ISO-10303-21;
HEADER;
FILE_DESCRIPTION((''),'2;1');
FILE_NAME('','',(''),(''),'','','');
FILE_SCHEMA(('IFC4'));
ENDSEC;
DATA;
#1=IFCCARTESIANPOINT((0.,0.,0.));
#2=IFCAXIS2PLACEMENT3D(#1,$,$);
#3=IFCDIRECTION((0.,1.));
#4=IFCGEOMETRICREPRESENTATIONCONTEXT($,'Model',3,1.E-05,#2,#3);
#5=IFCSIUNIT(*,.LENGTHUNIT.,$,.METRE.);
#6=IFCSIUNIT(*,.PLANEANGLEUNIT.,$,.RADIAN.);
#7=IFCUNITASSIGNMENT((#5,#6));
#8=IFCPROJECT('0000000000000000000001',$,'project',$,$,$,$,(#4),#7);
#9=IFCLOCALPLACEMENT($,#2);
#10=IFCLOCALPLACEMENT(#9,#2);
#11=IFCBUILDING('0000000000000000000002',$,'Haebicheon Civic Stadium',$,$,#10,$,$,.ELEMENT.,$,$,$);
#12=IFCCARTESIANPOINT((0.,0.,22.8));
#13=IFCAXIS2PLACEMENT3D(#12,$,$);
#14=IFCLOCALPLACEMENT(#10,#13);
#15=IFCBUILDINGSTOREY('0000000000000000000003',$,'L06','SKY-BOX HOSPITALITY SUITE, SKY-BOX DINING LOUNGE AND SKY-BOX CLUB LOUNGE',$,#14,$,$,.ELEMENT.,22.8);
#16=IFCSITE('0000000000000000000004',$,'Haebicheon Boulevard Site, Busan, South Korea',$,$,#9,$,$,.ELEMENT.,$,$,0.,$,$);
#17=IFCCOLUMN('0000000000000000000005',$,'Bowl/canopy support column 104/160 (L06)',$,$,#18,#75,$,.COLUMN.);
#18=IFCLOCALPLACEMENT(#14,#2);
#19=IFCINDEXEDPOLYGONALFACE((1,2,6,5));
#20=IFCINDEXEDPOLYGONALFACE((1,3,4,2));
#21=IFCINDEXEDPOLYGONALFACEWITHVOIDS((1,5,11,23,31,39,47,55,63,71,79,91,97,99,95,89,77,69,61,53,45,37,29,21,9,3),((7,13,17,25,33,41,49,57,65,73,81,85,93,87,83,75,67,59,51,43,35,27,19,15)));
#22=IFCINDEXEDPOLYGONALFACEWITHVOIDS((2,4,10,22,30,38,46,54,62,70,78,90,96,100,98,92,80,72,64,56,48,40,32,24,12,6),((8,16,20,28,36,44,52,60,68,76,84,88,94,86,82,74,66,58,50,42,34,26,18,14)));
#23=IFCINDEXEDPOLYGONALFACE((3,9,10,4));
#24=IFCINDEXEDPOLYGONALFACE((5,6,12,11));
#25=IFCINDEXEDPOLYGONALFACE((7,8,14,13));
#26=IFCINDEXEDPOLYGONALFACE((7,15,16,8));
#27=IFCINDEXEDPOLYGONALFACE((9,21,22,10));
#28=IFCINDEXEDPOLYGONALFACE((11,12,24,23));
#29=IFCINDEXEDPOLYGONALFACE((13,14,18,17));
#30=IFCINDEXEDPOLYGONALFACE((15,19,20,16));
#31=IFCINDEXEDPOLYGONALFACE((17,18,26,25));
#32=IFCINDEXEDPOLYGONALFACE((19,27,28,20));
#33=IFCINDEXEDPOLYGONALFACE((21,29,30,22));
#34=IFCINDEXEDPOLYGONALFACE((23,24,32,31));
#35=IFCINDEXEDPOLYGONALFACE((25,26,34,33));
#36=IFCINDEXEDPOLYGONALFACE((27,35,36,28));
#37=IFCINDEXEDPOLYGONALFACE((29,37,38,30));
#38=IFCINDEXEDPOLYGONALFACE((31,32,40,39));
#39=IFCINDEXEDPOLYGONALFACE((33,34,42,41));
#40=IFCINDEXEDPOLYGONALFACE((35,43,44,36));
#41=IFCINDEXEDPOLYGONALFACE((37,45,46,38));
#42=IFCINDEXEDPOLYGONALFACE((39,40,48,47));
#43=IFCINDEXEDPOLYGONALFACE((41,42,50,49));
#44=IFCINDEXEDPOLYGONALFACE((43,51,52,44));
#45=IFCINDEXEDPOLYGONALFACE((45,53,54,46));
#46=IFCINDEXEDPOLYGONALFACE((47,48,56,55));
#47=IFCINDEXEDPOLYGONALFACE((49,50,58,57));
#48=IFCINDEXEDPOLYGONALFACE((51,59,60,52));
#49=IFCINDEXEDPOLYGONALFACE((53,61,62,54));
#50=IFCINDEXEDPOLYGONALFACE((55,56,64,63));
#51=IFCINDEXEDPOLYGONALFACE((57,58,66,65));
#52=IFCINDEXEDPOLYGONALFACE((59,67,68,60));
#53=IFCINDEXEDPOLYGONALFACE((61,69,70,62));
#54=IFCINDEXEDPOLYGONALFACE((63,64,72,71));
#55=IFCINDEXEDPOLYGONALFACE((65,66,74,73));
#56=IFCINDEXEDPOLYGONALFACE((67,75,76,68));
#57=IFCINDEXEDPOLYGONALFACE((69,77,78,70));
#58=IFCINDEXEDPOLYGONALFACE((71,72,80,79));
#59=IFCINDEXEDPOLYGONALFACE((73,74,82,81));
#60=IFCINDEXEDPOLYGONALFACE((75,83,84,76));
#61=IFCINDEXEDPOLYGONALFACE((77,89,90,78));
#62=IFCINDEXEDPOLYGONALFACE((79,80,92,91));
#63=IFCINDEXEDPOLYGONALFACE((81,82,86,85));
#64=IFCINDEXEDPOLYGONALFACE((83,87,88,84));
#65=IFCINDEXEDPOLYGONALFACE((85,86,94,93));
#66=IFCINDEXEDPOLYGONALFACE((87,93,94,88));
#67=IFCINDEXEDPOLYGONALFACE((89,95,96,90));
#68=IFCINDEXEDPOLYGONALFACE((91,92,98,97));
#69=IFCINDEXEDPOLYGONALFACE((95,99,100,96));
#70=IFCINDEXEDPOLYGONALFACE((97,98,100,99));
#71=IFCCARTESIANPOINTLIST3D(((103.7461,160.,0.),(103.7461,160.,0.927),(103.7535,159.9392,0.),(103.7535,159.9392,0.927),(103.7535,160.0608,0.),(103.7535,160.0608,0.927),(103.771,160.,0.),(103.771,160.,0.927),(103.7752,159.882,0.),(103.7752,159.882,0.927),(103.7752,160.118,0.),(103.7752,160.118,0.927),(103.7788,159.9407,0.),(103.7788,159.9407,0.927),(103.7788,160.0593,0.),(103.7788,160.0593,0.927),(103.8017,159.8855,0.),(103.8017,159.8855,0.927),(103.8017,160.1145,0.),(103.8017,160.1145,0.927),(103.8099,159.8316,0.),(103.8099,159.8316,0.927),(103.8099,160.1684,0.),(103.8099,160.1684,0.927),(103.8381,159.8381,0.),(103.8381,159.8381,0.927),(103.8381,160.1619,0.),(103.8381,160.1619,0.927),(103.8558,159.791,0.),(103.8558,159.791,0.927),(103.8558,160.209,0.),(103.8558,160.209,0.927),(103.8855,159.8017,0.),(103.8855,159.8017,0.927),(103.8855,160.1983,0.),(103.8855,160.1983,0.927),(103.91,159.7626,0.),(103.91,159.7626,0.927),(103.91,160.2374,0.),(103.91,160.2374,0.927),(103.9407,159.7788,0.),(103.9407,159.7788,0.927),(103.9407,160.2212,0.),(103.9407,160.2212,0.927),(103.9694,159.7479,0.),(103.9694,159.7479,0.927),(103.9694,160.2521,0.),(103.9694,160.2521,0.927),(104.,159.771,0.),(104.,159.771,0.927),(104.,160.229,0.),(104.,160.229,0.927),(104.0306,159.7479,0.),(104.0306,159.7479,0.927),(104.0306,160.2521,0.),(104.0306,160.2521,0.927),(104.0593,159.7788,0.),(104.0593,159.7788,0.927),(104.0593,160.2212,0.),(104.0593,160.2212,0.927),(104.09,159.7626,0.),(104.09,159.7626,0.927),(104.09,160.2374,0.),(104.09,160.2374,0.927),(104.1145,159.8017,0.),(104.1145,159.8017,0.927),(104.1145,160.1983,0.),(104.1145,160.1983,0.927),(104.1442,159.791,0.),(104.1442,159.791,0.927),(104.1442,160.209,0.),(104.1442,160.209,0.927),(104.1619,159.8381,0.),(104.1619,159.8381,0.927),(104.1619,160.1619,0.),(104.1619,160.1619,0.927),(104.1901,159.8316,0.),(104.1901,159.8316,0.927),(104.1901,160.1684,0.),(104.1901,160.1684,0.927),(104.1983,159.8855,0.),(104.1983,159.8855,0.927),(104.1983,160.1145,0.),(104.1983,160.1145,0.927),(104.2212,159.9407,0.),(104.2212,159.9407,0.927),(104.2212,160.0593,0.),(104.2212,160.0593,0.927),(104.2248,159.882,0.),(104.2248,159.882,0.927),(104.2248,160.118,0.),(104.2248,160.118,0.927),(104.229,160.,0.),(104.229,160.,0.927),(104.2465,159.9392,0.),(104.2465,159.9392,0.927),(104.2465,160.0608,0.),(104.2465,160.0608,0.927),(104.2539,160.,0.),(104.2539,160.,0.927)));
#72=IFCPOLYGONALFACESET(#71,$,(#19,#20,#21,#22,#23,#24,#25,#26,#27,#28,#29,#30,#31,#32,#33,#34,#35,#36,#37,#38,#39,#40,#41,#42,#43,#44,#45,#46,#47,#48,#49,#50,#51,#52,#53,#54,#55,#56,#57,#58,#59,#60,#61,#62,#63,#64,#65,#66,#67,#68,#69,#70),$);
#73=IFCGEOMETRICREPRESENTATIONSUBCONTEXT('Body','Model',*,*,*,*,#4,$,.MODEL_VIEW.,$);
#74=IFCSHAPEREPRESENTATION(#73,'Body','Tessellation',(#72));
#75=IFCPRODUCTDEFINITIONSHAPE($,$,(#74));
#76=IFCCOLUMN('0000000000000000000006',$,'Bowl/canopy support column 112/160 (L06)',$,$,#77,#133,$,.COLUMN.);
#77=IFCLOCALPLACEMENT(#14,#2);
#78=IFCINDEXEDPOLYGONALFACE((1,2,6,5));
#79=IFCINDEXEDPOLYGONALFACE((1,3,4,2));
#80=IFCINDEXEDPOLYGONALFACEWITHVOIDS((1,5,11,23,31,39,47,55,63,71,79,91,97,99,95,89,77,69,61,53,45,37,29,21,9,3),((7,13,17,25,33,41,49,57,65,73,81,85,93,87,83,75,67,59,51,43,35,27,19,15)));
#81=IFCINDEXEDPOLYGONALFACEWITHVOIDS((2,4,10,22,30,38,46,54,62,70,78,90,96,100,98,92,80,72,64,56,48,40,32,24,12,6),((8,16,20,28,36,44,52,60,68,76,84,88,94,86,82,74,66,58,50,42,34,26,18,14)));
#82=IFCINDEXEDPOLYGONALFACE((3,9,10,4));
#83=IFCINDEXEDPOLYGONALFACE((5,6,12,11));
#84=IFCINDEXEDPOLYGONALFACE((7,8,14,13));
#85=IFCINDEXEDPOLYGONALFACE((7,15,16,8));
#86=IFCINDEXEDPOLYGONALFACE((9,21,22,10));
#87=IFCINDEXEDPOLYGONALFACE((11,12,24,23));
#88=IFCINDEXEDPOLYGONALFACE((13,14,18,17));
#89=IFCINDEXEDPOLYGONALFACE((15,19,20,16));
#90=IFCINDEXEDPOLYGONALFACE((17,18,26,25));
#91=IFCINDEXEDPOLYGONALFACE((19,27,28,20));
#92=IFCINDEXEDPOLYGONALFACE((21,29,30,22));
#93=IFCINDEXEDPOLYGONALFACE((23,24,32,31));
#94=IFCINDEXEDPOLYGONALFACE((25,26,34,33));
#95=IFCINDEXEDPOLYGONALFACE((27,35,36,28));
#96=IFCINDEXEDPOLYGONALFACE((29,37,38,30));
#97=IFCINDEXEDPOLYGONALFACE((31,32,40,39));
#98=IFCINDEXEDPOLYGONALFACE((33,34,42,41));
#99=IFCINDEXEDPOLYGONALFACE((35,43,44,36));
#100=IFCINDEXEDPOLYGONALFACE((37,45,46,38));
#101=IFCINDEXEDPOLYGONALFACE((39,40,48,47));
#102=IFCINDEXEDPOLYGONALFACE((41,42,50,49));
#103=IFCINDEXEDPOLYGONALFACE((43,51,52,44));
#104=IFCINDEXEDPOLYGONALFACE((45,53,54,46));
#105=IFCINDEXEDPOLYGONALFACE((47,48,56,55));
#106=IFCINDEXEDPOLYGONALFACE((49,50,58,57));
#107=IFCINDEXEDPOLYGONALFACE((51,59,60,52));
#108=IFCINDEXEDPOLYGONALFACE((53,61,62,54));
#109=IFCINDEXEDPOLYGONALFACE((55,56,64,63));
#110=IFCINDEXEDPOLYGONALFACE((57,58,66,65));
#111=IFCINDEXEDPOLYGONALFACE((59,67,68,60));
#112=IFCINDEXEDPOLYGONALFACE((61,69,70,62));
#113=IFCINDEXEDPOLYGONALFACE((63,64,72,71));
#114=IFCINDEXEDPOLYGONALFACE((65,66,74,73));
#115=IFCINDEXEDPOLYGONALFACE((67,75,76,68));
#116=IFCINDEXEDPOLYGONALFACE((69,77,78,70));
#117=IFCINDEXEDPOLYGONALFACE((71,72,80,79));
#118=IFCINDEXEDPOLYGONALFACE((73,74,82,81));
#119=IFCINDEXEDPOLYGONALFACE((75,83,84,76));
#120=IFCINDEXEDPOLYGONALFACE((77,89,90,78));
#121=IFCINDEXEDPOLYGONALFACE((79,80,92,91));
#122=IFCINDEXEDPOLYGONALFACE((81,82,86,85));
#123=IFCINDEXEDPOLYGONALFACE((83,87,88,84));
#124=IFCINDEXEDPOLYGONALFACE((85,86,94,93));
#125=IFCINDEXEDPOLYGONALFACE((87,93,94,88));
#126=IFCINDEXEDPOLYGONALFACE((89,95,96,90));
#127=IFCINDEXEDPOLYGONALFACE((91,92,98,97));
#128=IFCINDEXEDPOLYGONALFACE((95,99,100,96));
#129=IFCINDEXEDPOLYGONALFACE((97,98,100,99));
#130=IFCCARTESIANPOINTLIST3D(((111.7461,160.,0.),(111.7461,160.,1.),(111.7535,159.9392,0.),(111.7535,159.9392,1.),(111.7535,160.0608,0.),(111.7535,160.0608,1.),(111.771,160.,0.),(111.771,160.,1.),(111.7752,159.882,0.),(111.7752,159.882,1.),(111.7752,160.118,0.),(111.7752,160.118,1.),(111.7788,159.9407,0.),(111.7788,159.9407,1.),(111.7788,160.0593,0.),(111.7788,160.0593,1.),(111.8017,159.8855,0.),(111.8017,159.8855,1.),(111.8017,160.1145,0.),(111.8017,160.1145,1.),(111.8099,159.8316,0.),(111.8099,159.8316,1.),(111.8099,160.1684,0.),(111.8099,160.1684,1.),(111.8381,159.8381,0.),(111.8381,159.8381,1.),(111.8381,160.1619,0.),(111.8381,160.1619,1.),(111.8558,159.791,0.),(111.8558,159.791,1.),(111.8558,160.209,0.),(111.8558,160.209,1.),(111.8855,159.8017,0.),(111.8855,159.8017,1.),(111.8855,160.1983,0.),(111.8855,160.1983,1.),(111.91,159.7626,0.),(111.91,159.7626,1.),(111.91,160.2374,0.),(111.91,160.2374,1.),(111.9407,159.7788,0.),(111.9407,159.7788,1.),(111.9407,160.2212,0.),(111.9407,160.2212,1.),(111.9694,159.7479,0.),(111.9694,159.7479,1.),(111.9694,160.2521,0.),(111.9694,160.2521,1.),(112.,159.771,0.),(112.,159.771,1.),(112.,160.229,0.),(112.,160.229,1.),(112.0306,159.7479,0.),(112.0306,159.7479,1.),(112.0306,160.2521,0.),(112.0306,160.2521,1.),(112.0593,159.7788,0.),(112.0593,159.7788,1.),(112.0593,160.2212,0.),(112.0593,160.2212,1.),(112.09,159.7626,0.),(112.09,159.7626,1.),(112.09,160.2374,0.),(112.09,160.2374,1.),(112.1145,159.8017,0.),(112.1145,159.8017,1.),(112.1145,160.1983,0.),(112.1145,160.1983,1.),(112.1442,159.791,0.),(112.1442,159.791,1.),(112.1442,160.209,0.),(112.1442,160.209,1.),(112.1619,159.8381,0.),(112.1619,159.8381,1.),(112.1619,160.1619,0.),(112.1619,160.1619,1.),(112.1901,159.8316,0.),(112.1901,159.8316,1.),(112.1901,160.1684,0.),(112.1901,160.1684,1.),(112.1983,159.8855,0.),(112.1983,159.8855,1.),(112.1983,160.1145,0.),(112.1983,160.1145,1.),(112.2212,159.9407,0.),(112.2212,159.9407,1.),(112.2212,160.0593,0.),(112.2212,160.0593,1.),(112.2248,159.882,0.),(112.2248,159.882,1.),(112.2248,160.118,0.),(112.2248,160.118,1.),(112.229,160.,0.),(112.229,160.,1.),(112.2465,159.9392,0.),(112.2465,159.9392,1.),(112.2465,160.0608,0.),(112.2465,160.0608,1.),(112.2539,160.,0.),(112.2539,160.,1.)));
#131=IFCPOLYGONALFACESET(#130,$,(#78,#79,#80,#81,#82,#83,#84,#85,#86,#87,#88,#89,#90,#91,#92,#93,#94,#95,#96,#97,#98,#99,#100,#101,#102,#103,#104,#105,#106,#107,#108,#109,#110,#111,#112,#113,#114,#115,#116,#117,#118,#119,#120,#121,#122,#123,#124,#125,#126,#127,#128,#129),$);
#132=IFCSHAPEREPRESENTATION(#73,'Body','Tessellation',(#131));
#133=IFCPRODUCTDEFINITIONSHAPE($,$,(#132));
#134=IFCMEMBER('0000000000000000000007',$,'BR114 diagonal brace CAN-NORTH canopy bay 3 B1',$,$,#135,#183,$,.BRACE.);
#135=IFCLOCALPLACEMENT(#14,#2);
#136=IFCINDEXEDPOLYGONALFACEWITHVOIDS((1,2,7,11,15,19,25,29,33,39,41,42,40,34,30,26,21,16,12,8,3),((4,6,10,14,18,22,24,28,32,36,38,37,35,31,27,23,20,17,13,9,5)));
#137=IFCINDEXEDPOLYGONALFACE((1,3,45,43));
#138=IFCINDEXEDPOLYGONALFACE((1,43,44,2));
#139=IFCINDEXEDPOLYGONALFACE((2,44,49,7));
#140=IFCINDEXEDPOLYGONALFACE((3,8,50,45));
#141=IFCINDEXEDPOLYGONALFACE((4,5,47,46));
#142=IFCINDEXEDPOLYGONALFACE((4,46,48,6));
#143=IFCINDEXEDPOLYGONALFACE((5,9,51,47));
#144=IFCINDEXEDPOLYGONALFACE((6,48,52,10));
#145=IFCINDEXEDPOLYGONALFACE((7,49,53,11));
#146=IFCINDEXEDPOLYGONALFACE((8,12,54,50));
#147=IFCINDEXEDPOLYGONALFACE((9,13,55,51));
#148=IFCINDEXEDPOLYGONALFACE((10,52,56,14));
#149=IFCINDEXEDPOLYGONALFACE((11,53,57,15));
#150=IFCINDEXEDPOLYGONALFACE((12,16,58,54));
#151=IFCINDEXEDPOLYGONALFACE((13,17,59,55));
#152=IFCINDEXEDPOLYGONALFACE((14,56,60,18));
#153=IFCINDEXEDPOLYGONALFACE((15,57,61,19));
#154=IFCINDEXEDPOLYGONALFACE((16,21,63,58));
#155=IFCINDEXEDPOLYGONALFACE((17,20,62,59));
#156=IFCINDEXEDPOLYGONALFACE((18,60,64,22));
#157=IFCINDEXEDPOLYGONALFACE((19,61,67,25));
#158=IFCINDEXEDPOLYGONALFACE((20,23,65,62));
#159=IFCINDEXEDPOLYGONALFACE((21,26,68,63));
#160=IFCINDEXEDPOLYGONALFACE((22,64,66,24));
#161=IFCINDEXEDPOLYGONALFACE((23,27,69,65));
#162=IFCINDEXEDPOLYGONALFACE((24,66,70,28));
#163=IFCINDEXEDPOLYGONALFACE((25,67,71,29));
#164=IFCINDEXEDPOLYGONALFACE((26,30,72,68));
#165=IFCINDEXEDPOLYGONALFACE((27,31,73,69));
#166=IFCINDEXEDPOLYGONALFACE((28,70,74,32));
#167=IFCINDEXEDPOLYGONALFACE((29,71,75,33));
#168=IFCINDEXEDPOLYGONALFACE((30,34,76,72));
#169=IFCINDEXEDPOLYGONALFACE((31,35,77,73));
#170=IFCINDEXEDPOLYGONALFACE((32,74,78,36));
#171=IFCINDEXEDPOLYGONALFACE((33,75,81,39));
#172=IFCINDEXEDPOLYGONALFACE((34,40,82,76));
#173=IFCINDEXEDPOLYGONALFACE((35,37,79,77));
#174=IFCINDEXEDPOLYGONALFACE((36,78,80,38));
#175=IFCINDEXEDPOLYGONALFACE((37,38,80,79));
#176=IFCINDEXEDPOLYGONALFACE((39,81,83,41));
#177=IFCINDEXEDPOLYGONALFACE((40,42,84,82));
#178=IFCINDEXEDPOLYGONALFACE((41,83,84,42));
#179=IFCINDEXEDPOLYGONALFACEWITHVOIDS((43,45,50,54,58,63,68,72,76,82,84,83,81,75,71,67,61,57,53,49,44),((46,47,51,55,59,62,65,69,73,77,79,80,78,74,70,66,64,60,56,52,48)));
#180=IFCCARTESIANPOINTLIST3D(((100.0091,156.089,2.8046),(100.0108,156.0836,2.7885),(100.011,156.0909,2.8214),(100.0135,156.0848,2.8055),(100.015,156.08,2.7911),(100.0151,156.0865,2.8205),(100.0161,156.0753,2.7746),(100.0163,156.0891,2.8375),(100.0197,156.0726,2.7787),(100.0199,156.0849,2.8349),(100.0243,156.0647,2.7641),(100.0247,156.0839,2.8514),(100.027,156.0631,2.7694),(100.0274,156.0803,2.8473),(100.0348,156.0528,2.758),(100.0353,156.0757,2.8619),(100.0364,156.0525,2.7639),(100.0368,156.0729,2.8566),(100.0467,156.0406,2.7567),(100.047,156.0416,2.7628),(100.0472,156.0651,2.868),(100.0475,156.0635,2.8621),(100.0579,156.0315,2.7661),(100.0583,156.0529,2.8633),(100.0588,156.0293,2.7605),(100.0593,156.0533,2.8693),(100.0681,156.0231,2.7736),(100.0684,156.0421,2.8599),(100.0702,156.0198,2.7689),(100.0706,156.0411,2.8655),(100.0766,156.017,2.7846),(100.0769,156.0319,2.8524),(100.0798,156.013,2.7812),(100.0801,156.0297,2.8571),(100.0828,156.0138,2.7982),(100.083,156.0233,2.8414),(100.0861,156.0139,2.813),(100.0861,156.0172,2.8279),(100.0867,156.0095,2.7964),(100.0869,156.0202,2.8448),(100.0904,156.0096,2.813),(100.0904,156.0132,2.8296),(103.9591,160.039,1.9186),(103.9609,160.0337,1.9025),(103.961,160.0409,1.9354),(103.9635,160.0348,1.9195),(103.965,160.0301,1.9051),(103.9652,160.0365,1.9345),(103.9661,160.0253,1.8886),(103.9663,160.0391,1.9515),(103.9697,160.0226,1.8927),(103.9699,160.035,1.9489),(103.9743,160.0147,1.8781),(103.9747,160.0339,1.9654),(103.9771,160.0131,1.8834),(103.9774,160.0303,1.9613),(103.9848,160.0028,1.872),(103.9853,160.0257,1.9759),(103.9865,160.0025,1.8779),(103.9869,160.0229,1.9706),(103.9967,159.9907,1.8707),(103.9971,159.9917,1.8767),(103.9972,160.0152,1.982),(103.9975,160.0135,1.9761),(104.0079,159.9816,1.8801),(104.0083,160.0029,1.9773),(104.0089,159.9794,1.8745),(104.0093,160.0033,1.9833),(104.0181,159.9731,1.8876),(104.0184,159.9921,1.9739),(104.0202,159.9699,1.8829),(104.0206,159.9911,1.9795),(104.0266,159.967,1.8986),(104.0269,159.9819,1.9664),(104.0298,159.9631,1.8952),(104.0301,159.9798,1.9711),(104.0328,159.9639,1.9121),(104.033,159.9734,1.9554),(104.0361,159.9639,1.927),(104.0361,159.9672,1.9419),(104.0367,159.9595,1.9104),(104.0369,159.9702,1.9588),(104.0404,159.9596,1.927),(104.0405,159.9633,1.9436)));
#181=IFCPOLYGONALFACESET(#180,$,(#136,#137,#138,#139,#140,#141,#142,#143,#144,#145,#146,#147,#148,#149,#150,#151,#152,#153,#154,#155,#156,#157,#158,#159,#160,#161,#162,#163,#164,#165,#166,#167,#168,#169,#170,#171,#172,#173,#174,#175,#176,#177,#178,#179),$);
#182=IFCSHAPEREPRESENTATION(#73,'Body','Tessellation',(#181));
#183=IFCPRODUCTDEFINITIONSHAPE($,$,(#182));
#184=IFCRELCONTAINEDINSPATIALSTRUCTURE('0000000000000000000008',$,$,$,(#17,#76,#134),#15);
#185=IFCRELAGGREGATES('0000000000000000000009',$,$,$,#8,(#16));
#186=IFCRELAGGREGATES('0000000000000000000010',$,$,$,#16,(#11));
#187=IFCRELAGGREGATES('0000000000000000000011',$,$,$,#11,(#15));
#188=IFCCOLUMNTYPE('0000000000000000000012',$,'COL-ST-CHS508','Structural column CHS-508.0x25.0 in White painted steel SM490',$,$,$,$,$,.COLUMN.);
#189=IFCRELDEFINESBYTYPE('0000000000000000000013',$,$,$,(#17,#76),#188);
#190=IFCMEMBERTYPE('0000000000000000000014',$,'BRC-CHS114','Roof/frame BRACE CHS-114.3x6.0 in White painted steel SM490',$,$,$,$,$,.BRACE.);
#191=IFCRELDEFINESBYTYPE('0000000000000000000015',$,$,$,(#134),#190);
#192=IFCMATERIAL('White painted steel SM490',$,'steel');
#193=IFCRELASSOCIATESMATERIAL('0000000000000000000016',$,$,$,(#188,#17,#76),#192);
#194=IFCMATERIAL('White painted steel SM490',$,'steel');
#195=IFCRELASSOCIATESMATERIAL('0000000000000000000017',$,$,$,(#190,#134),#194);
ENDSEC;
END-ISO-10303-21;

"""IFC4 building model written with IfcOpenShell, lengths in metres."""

from ifc_helpers import new_model, si_unit, direction, frame, origin, origin_2d, place, context, subcontext, project, spatial, hollow_circle, extrude, material, material_profile, profile_set, type_object, element, save


model = new_model("IFC4")

# Units and contexts
model_context = context("Model", 3, precision=1e-05, world=origin(), true_north=direction((0.0, 1.0)))
body_context = subcontext(model_context, "Body", "Model", "MODEL_VIEW")
ifc_project = project(units=[si_unit("LENGTHUNIT", "METRE"), si_unit("PLANEANGLEUNIT", "RADIAN")], contexts=[model_context])

# Site, building, storey
site_placement = place(None, origin())
site = spatial("IfcSite", under=ifc_project, at=site_placement, Name="Haebicheon Boulevard Site, Busan, South Korea", CompositionType="ELEMENT", RefElevation=0.0)
building_placement = place(site_placement, origin())
building = spatial("IfcBuilding", under=site, at=building_placement, Name="Haebicheon Civic Stadium", CompositionType="ELEMENT")
storey_placement = place(building_placement, frame((0.0, 0.0, 22.8)))
storey = spatial("IfcBuildingStorey", under=building, at=storey_placement, Name="L06", Description="SKY-BOX HOSPITALITY SUITE, SKY-BOX DINING LOUNGE AND SKY-BOX CLUB LOUNGE", CompositionType="ELEMENT", Elevation=22.8)

# Columns
ifc_material_1 = material(Name="White painted steel SM490", Category="steel")
ifc_material_profile_1 = material_profile(ifc_material_1, hollow_circle(Radius=0.2539, WallThickness=0.0249, at=origin_2d()), Name="CHS-508.0x25.0")
ifc_profile_set_1 = profile_set([ifc_material_profile_1], Name="White painted steel SM490")
column_type = type_object("IfcColumnType", Name="COL-ST-CHS508", Description="Structural column CHS-508.0x25.0 in White painted steel SM490", PredefinedType="COLUMN", material=ifc_profile_set_1)
column_1_placement = place(storey_placement, frame((104.0, 160.0, 0.0), z_axis=(0.0, 0.0, 1.0), x_axis=(1.0, 0.0, 0.0)))
element("IfcColumn", 1, at=column_1_placement, inside=storey, type_object=column_type, material=ifc_profile_set_1, Name="Bowl/canopy support column 104/160 (L06)", PredefinedType="COLUMN", context=body_context, shape_type="SweptSolid", body=[
    extrude(hollow_circle(Radius=0.2539, WallThickness=0.0249, at=origin_2d()), origin(), (0.0, 0.0, 1.0), 0.927),
])
column_2_placement = place(storey_placement, frame((112.0, 160.0, 0.0), z_axis=(0.0, 0.0, 1.0), x_axis=(1.0, 0.0, 0.0)))
element("IfcColumn", 2, at=column_2_placement, inside=storey, type_object=column_type, material=ifc_profile_set_1, Name="Bowl/canopy support column 112/160 (L06)", PredefinedType="COLUMN", context=body_context, shape_type="SweptSolid", body=[
    extrude(hollow_circle(Radius=0.2539, WallThickness=0.0249, at=origin_2d()), origin(), (0.0, 0.0, 1.0), 1.0),
])

# Member
ifc_material_2 = material(Name="White painted steel SM490", Category="steel")
ifc_material_profile_2 = material_profile(ifc_material_2, hollow_circle(Radius=0.0571, WallThickness=0.0061, at=origin_2d()), Name="CHS-114.3x6.0")
ifc_profile_set_2 = profile_set([ifc_material_profile_2], Name="White painted steel SM490")
member_type_1 = type_object("IfcMemberType", Name="BRC-CHS114", Description="Roof/frame BRACE CHS-114.3x6.0 in White painted steel SM490", PredefinedType="BRACE", material=ifc_profile_set_2)
member_1_placement = place(storey_placement, frame((104.0, 160.0, 1.927), z_axis=(-0.698377, -0.698377, 0.156648), x_axis=(0.707107, -0.707107, 0.0)))
element("IfcMember", 3, at=member_1_placement, inside=storey, type_object=member_type_1, material=ifc_profile_set_2, Name="BR114 diagonal brace CAN-NORTH canopy bay 3 B1", PredefinedType="BRACE", context=body_context, shape_type="SweptSolid", body=[
    extrude(hollow_circle(Radius=0.0571, WallThickness=0.0061, at=origin_2d()), origin(), (0.0, 0.0, 1.0), 5.656),
])

save(model, "model.ifc")
